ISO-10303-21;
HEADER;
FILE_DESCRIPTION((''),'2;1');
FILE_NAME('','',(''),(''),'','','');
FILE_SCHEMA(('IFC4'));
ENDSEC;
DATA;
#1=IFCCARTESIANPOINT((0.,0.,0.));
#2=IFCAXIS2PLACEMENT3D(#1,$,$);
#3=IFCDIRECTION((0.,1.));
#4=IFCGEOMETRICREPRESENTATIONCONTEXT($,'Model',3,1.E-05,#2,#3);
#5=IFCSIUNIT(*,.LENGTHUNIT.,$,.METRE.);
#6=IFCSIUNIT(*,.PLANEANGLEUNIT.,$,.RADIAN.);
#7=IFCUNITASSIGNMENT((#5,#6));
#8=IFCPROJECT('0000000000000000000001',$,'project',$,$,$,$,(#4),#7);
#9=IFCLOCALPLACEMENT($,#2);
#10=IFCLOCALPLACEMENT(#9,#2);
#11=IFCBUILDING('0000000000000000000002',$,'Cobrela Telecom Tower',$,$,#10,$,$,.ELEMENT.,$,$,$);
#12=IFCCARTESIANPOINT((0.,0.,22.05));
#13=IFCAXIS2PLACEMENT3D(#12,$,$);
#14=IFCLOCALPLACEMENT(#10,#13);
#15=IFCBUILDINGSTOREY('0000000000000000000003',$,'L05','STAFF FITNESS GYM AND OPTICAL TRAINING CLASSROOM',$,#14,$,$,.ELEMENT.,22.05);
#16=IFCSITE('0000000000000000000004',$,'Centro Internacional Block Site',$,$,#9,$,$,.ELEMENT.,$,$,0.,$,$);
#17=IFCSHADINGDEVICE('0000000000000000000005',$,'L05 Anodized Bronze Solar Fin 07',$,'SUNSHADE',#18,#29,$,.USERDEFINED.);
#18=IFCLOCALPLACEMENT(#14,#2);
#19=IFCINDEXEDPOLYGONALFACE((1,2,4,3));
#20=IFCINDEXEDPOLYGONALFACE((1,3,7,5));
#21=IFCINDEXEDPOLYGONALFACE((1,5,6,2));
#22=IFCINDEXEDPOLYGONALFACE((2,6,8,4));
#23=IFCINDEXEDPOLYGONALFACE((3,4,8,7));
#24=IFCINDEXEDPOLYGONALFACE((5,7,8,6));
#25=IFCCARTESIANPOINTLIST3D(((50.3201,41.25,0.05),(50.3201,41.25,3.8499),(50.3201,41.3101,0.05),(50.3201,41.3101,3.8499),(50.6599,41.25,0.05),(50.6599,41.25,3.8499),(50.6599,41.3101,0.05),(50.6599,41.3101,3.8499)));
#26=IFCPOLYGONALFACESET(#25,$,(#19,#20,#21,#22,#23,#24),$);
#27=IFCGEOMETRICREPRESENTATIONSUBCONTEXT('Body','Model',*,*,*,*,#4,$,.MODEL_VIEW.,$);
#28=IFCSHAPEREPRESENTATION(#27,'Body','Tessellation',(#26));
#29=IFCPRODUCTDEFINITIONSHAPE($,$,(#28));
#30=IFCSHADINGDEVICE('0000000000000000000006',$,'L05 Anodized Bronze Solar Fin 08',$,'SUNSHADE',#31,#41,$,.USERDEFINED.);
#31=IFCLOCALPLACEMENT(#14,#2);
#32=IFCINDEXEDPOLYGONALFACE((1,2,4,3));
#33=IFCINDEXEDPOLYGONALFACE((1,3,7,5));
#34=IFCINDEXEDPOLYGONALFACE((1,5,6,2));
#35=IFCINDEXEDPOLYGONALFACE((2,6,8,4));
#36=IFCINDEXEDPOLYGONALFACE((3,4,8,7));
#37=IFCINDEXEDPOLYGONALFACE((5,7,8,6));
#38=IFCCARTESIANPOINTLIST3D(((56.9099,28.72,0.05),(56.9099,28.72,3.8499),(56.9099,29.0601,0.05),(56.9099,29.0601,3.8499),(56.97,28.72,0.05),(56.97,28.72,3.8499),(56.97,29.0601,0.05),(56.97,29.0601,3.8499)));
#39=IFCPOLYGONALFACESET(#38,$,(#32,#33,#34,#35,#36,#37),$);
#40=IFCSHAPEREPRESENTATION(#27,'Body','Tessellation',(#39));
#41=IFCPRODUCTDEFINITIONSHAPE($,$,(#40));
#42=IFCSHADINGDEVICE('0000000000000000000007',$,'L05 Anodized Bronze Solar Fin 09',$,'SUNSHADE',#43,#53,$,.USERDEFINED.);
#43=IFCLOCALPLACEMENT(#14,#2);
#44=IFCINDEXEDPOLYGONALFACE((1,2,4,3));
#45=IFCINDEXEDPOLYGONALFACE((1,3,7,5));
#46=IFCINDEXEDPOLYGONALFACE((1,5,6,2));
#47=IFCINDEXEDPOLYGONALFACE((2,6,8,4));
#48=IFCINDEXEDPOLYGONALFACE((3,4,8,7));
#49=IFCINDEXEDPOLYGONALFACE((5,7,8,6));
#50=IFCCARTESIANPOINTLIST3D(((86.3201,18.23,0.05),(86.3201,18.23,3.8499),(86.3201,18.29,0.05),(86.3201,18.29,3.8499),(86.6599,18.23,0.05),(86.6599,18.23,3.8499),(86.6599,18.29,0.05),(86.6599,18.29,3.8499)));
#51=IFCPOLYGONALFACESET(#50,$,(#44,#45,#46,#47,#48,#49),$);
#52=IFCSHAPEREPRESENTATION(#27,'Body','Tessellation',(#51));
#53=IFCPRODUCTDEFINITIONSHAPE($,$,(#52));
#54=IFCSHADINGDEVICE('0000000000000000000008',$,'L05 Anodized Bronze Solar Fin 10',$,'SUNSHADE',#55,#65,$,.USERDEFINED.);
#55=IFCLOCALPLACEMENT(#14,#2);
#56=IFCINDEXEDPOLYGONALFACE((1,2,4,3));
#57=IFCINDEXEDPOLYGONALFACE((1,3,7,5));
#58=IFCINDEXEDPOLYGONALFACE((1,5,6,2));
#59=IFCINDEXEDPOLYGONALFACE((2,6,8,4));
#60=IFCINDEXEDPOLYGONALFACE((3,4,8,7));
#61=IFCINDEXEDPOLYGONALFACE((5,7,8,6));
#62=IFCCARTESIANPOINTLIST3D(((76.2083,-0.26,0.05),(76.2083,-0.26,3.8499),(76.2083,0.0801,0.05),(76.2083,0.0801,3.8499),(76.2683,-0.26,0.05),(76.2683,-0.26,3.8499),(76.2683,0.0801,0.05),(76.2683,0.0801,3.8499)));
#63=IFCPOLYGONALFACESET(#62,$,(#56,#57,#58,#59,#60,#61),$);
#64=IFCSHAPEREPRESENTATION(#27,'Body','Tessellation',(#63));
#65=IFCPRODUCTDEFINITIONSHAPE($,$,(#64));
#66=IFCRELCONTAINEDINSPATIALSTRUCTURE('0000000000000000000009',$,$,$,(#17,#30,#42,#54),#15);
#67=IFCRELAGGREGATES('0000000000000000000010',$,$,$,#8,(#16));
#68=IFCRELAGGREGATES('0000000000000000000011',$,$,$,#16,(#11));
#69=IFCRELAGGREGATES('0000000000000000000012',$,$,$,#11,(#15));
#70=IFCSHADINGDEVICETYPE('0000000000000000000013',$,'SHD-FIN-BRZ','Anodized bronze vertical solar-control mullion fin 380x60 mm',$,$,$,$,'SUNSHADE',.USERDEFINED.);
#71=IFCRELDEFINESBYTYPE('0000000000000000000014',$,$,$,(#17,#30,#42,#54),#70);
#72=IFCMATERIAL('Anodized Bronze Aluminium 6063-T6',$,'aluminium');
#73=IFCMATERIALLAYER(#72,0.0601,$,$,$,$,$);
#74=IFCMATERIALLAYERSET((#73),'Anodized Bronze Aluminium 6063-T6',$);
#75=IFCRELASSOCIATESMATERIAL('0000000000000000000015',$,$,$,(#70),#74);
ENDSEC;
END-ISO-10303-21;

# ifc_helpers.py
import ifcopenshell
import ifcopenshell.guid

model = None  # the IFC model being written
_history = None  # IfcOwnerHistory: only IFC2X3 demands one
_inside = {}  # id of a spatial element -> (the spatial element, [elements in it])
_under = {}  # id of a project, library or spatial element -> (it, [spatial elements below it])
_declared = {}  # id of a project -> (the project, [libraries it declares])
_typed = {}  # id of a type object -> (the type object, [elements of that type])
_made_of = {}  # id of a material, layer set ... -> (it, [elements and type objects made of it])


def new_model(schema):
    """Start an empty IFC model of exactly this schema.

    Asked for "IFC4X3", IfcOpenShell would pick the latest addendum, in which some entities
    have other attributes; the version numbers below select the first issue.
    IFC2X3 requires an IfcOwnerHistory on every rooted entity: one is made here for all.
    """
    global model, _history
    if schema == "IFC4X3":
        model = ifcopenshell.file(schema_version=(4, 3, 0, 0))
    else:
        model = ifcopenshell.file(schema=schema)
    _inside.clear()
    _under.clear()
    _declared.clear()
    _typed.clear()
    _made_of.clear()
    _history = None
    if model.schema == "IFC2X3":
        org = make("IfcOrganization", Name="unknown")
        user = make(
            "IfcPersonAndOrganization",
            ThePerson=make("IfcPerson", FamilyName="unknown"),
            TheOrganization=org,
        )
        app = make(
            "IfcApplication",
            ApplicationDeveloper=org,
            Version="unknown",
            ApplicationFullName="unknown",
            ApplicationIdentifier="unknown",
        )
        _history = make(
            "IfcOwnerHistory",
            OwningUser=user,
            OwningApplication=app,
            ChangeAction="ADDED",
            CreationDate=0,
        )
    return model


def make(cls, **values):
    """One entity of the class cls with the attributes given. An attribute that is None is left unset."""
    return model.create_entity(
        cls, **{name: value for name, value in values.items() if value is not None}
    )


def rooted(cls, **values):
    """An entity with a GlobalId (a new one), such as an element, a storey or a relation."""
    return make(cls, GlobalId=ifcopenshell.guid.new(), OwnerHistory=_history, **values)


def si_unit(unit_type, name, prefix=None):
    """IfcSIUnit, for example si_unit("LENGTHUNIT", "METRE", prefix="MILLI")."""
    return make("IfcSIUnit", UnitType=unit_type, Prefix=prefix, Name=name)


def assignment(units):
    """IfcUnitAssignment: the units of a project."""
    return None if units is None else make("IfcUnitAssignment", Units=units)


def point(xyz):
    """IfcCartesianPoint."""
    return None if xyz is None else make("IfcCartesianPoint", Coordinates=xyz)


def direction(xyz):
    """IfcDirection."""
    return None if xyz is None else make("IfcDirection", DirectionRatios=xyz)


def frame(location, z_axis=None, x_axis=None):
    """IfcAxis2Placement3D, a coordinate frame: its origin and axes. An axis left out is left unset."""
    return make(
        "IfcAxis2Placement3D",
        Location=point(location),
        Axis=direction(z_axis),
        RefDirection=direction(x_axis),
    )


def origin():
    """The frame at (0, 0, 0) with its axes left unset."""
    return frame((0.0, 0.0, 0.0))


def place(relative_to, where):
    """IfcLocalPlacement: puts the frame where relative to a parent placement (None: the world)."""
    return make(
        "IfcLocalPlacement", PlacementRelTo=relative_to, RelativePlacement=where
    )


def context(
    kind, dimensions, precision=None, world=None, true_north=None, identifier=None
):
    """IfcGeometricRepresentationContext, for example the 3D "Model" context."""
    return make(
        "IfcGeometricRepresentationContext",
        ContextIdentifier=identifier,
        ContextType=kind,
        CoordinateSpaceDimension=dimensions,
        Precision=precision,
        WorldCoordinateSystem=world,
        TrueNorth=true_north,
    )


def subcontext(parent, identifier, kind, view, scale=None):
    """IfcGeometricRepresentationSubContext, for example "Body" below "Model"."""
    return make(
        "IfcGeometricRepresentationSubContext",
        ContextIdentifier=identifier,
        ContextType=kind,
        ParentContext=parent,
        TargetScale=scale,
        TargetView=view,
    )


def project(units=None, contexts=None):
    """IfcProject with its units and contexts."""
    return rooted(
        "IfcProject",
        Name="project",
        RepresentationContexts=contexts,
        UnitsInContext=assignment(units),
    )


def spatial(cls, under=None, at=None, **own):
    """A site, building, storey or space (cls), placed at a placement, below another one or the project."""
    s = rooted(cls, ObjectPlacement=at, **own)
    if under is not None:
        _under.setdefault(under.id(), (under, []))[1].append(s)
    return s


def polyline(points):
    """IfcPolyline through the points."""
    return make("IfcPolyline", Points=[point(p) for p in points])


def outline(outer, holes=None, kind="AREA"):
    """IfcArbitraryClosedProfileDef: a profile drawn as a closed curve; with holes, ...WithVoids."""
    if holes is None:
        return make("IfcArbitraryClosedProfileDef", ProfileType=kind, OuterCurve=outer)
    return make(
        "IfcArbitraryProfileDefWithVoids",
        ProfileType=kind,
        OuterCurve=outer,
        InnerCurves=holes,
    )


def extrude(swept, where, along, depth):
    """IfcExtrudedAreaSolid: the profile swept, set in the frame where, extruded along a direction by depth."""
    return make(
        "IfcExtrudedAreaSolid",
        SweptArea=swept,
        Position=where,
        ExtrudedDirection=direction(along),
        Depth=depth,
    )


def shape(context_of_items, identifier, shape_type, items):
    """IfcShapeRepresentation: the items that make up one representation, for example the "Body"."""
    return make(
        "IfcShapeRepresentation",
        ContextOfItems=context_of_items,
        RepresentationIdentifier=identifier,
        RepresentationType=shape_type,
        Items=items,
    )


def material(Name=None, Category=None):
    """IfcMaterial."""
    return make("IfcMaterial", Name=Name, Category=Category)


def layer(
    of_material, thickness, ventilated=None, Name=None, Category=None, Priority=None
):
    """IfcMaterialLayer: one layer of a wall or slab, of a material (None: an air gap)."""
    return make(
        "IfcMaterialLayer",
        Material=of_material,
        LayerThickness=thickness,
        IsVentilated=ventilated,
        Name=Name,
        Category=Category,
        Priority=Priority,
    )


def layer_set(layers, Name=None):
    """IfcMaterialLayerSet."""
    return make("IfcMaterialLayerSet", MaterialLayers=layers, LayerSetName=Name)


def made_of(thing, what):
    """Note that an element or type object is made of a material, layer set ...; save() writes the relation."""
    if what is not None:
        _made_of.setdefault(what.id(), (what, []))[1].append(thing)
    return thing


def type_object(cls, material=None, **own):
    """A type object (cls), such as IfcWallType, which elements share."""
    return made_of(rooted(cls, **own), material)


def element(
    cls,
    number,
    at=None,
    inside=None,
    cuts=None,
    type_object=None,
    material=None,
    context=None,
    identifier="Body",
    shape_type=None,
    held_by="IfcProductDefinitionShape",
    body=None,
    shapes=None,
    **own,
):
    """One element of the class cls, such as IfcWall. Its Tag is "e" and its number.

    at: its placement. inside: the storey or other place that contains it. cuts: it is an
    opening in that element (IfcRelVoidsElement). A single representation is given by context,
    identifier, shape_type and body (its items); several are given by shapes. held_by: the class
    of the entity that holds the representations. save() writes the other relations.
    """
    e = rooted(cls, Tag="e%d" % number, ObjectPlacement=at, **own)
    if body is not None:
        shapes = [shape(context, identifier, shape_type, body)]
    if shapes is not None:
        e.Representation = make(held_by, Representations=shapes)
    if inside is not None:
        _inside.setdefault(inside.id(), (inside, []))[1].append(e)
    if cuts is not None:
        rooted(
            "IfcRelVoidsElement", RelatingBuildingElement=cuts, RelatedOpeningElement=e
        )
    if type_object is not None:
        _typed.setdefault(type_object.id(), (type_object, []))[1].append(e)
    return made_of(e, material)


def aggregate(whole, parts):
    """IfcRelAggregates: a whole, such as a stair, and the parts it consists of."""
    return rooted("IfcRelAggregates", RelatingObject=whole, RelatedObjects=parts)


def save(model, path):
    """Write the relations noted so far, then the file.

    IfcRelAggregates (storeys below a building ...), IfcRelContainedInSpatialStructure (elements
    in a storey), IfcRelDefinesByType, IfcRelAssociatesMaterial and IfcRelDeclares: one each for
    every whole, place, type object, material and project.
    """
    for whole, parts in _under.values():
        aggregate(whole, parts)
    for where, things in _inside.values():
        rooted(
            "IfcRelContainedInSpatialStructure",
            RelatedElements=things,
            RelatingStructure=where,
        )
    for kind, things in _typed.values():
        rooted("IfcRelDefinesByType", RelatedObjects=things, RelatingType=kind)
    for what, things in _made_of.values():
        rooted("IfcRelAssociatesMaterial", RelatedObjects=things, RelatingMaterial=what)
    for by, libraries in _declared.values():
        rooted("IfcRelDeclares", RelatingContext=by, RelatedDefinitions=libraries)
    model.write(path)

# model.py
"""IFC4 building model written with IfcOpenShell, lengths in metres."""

from ifc_helpers import new_model, si_unit, direction, frame, origin, place, context, subcontext, project, spatial, polyline, outline, extrude, material, layer, layer_set, type_object, element, save


model = new_model("IFC4")

# Units and contexts
model_context = context("Model", 3, precision=1e-05, world=origin(), true_north=direction((0.0, 1.0)))
body_context = subcontext(model_context, "Body", "Model", "MODEL_VIEW")
ifc_project = project(units=[si_unit("LENGTHUNIT", "METRE"), si_unit("PLANEANGLEUNIT", "RADIAN")], contexts=[model_context])

# Site, building, storey
site_placement = place(None, origin())
site = spatial("IfcSite", under=ifc_project, at=site_placement, Name="Centro Internacional Block Site", CompositionType="ELEMENT", RefElevation=0.0)
building_placement = place(site_placement, origin())
building = spatial("IfcBuilding", under=site, at=building_placement, Name="Cobrela Telecom Tower", CompositionType="ELEMENT")
storey_placement = place(building_placement, frame((0.0, 0.0, 22.05)))
storey = spatial("IfcBuildingStorey", under=building, at=storey_placement, Name="L05", Description="STAFF FITNESS GYM AND OPTICAL TRAINING CLASSROOM", CompositionType="ELEMENT", Elevation=22.05)

# Shading devices
ifc_material_1 = material(Name="Anodized Bronze Aluminium 6063-T6", Category="aluminium")
ifc_layer_1 = layer(ifc_material_1, 0.0601)
ifc_layer_set_1 = layer_set([ifc_layer_1], Name="Anodized Bronze Aluminium 6063-T6")
shading_device_type = type_object("IfcShadingDeviceType", Name="SHD-FIN-BRZ", Description="Anodized bronze vertical solar-control mullion fin 380x60 mm", ElementType="SUNSHADE", PredefinedType="USERDEFINED", material=ifc_layer_set_1)
shading_device_1_placement = place(storey_placement, frame((0.0, 0.0, 0.05)))
element("IfcShadingDevice", 1, at=shading_device_1_placement, inside=storey, type_object=shading_device_type, Name="L05 Anodized Bronze Solar Fin 07", ObjectType="SUNSHADE", PredefinedType="USERDEFINED", context=body_context, shape_type="SweptSolid", body=[
    extrude(outline(polyline([(50.3201, 41.3101), (50.3201, 41.25), (50.6599, 41.25), (50.6599, 41.3101), (50.3201, 41.3101)])), origin(), (0.0, 0.0, 1.0), 3.7998),
])
shading_device_2_placement = place(storey_placement, frame((0.0, 0.0, 0.05)))
element("IfcShadingDevice", 2, at=shading_device_2_placement, inside=storey, type_object=shading_device_type, Name="L05 Anodized Bronze Solar Fin 08", ObjectType="SUNSHADE", PredefinedType="USERDEFINED", context=body_context, shape_type="SweptSolid", body=[
    extrude(outline(polyline([(56.9099, 28.72), (56.97, 28.72), (56.97, 29.0601), (56.9099, 29.0601), (56.9099, 28.72)])), origin(), (0.0, 0.0, 1.0), 3.7998),
])
shading_device_3_placement = place(storey_placement, frame((0.0, 0.0, 0.05)))
element("IfcShadingDevice", 3, at=shading_device_3_placement, inside=storey, type_object=shading_device_type, Name="L05 Anodized Bronze Solar Fin 09", ObjectType="SUNSHADE", PredefinedType="USERDEFINED", context=body_context, shape_type="SweptSolid", body=[
    extrude(outline(polyline([(86.3201, 18.29), (86.3201, 18.23), (86.6599, 18.23), (86.6599, 18.29), (86.3201, 18.29)])), origin(), (0.0, 0.0, 1.0), 3.7998),
])
shading_device_4_placement = place(storey_placement, frame((0.0, 0.0, 0.05)))
element("IfcShadingDevice", 4, at=shading_device_4_placement, inside=storey, type_object=shading_device_type, Name="L05 Anodized Bronze Solar Fin 10", ObjectType="SUNSHADE", PredefinedType="USERDEFINED", context=body_context, shape_type="SweptSolid", body=[
    extrude(outline(polyline([(76.2683, 0.0801), (76.2083, 0.0801), (76.2083, -0.26), (76.2683, -0.26), (76.2683, 0.0801)])), origin(), (0.0, 0.0, 1.0), 3.7998),
])

save(model, "model.ifc")
